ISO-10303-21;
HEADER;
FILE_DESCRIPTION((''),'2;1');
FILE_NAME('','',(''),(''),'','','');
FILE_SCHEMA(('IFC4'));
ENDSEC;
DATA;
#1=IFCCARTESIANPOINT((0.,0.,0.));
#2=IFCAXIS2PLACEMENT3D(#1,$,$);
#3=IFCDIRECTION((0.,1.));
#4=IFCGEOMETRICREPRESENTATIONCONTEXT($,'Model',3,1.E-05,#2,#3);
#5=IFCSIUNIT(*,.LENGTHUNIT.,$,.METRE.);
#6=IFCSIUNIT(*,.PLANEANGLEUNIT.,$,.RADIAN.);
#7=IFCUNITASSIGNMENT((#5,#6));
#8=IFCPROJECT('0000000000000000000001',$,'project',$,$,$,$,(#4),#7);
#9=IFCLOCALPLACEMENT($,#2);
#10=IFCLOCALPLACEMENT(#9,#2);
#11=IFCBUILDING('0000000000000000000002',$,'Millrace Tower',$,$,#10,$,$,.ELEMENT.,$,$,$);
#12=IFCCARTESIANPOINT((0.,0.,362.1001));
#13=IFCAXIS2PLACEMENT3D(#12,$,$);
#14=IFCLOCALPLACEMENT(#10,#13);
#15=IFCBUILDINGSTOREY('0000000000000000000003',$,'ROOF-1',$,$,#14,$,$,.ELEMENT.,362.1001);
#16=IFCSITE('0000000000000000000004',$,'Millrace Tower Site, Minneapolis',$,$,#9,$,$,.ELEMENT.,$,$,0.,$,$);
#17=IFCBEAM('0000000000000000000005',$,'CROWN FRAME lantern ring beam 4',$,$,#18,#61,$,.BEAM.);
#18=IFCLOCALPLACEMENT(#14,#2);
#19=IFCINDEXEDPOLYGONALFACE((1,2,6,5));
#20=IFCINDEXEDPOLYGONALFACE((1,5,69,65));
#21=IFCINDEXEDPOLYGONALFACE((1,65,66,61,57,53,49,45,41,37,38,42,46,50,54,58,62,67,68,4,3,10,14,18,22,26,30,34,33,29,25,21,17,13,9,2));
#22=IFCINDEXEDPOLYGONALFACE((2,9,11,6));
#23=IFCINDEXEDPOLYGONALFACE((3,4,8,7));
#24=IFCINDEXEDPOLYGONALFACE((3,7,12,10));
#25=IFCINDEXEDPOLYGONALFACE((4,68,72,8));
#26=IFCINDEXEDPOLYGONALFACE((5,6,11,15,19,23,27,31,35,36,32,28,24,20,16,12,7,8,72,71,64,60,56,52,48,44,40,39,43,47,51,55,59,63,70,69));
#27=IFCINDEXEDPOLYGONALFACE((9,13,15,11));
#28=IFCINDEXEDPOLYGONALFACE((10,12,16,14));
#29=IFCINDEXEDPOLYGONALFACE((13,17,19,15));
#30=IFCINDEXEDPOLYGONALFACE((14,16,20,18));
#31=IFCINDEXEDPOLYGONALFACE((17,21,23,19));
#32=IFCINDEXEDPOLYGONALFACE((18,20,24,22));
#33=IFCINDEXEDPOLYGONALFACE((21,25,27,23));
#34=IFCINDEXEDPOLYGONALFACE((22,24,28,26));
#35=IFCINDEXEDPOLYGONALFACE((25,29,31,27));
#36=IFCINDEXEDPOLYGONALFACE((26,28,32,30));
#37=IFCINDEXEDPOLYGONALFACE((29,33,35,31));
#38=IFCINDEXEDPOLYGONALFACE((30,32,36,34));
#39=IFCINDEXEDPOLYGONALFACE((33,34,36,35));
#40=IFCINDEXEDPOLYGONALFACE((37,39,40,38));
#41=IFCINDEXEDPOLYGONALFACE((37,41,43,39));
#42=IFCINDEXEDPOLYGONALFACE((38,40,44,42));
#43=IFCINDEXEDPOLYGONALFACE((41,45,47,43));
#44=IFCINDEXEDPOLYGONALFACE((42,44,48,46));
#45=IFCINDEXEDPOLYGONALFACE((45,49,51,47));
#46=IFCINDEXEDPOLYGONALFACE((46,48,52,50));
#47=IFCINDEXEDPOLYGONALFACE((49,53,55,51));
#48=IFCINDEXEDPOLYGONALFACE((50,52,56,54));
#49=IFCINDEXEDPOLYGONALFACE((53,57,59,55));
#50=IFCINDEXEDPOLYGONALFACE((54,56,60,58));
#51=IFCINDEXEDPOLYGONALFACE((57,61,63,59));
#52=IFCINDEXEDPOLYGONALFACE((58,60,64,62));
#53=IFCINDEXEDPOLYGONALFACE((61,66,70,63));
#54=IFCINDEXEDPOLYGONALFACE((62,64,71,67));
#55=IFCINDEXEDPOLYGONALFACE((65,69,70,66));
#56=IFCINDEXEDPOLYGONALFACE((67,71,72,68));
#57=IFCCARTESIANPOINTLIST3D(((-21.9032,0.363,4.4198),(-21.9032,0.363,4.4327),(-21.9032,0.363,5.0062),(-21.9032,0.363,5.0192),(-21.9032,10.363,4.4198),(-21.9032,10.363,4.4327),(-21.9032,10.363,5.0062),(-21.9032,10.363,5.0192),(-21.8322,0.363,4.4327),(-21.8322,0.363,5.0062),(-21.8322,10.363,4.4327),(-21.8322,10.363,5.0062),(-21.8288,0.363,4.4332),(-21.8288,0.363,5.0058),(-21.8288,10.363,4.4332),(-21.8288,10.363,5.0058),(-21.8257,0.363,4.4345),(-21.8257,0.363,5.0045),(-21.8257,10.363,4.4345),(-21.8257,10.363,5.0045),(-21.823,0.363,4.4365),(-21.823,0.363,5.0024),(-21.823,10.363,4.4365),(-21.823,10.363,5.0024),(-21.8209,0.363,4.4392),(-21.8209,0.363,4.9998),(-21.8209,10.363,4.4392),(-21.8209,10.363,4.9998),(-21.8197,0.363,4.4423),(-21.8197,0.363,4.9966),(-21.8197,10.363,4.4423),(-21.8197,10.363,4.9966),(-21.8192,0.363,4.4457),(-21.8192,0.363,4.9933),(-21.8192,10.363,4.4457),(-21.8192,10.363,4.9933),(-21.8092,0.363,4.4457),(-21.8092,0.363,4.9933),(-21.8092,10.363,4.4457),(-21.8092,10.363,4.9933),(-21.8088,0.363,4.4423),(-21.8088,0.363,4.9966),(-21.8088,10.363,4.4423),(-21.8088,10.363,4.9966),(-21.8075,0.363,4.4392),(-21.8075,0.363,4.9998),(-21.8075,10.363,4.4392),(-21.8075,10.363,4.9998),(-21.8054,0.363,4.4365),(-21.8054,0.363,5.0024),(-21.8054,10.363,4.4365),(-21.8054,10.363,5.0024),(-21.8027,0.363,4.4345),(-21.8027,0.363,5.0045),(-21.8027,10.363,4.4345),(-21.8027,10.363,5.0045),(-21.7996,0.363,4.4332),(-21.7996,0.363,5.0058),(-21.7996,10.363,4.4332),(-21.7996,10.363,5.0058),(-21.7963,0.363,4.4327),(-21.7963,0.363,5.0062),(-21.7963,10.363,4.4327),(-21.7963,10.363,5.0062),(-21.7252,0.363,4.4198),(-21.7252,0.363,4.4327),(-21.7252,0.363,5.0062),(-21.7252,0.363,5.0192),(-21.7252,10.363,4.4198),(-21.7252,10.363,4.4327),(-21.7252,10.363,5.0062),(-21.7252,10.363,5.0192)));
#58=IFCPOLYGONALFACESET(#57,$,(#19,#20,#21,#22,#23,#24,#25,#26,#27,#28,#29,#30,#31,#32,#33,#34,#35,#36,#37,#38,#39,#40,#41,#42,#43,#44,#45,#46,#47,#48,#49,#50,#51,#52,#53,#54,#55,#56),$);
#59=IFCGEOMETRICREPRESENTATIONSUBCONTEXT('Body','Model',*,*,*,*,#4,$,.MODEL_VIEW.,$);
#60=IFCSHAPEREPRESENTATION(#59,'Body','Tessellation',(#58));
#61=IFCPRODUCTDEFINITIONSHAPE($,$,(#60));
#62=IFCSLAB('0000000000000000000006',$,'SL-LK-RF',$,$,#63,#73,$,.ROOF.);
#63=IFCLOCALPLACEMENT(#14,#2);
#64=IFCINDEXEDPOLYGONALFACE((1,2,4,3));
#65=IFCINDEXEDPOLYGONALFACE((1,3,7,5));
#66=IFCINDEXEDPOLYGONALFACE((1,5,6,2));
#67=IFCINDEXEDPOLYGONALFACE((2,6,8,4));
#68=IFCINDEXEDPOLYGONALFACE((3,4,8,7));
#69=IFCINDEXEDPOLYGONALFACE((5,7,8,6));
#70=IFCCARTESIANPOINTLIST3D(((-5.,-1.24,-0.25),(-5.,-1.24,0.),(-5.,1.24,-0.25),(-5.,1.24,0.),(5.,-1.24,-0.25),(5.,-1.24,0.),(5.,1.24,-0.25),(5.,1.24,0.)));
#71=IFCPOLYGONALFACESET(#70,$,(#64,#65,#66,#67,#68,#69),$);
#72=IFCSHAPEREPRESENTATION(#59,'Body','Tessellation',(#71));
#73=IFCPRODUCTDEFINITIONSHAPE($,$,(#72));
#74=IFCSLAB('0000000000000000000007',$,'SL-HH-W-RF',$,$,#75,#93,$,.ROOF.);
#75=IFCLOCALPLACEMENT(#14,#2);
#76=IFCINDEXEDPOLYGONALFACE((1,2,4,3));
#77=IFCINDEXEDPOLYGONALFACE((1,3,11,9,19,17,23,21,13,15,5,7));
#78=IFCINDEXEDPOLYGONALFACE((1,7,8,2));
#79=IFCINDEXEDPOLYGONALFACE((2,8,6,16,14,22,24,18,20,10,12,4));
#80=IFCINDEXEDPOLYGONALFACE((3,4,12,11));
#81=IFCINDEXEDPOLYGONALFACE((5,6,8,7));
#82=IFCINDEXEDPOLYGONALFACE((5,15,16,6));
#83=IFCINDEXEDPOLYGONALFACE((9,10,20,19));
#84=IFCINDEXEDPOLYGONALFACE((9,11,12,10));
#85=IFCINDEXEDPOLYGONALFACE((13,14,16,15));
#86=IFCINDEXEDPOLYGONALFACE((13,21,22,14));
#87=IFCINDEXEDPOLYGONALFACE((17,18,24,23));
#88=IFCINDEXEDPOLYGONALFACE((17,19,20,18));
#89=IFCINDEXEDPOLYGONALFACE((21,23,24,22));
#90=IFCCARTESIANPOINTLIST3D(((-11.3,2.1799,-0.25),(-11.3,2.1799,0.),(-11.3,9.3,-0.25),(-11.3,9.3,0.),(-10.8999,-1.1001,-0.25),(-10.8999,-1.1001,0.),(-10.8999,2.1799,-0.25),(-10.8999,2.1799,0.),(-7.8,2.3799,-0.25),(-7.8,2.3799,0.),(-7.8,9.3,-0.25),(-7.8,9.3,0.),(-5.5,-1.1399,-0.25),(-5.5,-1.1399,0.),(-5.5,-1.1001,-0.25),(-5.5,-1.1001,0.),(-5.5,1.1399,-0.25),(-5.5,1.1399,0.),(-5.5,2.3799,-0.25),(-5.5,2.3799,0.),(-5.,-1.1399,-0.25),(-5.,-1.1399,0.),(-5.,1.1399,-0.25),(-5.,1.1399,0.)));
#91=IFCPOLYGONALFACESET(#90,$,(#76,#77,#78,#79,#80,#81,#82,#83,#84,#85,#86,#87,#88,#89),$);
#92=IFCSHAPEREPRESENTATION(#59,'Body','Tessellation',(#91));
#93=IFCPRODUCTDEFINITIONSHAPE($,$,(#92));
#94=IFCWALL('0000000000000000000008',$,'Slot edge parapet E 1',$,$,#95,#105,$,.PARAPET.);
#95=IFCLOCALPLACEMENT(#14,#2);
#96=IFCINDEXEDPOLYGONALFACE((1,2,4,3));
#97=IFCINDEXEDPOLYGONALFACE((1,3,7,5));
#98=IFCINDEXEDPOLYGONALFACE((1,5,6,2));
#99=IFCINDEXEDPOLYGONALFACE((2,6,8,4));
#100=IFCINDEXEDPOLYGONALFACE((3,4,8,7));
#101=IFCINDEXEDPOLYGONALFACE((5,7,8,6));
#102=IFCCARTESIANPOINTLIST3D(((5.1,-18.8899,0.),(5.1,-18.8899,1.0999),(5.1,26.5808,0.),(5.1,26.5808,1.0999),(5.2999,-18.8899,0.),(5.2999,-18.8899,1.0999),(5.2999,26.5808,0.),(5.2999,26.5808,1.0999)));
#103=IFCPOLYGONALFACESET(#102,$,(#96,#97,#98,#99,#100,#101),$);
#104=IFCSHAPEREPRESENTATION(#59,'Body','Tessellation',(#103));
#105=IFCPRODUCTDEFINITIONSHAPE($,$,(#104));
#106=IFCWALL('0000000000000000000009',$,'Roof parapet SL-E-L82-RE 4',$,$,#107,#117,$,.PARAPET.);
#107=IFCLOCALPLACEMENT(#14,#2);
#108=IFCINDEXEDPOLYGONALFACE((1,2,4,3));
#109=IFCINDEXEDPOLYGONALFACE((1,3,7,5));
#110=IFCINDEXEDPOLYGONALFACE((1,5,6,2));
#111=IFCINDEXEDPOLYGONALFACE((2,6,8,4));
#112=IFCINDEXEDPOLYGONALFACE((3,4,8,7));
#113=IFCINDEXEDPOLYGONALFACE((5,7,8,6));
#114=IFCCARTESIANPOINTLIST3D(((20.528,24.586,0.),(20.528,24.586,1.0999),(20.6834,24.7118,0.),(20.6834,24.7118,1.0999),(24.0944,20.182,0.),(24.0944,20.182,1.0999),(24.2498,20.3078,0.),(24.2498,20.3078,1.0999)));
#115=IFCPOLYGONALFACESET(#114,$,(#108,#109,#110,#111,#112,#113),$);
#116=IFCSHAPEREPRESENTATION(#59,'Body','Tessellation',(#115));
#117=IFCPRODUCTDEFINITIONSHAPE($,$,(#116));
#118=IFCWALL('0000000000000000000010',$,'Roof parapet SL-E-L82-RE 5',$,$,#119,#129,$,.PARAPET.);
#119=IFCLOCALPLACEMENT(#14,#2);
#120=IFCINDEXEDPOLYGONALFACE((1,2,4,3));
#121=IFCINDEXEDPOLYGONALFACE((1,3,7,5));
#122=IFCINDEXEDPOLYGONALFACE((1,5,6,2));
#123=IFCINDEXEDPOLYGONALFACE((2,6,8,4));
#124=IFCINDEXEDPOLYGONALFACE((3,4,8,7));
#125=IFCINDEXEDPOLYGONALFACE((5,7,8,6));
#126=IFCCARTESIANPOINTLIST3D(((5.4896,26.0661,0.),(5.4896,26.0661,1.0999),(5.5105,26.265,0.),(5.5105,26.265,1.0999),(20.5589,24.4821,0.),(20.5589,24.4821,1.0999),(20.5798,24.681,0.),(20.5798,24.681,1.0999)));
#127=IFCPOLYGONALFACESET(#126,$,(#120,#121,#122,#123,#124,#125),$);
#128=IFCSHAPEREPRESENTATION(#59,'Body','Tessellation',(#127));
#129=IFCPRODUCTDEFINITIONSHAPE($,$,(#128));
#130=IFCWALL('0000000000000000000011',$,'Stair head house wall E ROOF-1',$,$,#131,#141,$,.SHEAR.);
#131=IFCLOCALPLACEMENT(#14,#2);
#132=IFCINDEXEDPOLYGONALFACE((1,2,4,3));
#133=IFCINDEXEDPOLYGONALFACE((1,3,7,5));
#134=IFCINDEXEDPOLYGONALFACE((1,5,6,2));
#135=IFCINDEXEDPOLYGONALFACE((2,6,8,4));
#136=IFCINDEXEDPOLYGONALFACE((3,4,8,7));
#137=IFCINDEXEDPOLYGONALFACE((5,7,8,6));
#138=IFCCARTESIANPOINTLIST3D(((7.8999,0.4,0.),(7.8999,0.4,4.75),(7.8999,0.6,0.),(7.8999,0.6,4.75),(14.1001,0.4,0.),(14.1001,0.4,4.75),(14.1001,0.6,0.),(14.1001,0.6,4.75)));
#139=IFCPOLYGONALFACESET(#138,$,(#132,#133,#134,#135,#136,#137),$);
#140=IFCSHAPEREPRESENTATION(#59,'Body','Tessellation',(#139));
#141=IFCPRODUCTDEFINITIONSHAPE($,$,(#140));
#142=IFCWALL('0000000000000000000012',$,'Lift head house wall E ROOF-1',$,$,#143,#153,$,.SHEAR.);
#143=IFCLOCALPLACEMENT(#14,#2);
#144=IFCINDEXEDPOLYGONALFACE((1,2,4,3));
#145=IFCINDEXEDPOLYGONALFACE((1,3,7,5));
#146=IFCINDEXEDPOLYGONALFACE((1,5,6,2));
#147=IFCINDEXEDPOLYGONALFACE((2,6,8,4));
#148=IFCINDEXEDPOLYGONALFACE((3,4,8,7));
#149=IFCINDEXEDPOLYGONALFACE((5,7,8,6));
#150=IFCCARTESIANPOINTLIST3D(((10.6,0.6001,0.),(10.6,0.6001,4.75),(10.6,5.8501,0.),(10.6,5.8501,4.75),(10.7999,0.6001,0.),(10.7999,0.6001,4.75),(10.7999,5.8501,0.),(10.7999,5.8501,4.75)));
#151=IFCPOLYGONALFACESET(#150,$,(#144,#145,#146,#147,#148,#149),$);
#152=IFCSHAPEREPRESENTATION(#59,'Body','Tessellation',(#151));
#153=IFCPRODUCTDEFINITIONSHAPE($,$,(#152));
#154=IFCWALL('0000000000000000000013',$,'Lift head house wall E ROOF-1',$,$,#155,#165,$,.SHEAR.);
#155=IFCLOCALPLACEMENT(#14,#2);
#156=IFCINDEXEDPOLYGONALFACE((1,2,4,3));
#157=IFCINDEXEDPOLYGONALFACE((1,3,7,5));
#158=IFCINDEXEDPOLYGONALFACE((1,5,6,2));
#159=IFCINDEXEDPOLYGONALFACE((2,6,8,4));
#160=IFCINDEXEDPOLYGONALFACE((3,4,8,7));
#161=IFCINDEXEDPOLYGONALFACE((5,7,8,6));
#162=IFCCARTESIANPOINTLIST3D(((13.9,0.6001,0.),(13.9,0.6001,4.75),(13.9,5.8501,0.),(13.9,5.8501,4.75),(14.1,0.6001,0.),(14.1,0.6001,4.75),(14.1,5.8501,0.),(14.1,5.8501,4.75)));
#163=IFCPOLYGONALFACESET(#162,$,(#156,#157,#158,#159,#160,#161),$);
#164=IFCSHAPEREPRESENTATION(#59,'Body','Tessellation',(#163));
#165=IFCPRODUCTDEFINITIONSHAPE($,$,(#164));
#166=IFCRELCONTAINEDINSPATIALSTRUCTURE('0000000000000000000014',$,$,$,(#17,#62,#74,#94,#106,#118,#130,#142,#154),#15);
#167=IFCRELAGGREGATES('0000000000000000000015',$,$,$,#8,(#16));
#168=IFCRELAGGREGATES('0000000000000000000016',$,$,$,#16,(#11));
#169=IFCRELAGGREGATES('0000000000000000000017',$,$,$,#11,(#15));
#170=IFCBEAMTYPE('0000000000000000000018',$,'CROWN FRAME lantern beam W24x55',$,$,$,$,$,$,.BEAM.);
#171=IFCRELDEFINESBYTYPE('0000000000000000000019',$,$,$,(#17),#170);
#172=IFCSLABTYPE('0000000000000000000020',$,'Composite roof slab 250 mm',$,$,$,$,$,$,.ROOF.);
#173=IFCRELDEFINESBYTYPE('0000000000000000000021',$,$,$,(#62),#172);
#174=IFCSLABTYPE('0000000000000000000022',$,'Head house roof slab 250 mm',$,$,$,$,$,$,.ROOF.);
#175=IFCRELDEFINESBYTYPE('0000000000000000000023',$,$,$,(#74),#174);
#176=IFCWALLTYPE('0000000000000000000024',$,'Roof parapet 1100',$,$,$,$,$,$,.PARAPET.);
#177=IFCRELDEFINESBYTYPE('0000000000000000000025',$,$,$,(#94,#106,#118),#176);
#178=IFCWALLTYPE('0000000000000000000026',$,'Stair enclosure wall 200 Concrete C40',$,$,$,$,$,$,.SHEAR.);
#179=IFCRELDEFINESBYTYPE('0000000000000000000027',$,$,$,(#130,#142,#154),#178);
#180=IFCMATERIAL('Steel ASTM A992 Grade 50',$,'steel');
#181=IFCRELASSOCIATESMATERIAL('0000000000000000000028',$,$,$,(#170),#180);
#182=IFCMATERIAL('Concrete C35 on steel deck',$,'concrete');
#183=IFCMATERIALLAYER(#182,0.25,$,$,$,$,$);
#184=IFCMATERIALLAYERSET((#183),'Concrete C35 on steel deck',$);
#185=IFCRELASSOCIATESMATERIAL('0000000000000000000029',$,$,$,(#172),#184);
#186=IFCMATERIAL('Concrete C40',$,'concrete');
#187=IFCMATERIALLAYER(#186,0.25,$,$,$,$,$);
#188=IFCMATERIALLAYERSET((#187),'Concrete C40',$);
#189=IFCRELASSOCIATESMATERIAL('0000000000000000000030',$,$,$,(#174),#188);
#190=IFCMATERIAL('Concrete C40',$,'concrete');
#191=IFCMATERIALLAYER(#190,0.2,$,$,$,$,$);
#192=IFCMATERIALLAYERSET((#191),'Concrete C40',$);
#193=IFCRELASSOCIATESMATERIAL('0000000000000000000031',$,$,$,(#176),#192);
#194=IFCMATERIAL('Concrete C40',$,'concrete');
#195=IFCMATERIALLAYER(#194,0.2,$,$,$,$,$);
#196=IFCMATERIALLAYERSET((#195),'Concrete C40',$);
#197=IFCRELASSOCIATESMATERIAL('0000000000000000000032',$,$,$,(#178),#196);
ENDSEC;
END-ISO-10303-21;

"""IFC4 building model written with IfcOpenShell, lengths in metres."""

from ifc_helpers import new_model, si_unit, direction, frame, frame_2d, origin, origin_2d, place, context, subcontext, project, spatial, polyline, rectangle, i_section, outline, extrude, material, layer, layer_set, material_profile, profile_set, type_object, element, save


model = new_model("IFC4")

# Units and contexts
model_context = context("Model", 3, precision=1e-05, world=origin(), true_north=direction((0.0, 1.0)))
body_context = subcontext(model_context, "Body", "Model", "MODEL_VIEW")
ifc_project = project(units=[si_unit("LENGTHUNIT", "METRE"), si_unit("PLANEANGLEUNIT", "RADIAN")], contexts=[model_context])

# Site, building, storey
site_placement = place(None, origin())
site = spatial("IfcSite", under=ifc_project, at=site_placement, Name="Millrace Tower Site, Minneapolis", CompositionType="ELEMENT", RefElevation=0.0)
building_placement = place(site_placement, origin())
building = spatial("IfcBuilding", under=site, at=building_placement, Name="Millrace Tower", CompositionType="ELEMENT")
storey_placement = place(building_placement, frame((0.0, 0.0, 362.1001)))
storey = spatial("IfcBuildingStorey", under=building, at=storey_placement, Name="ROOF-1", CompositionType="ELEMENT", Elevation=362.1001)

# Beam
ifc_material_1 = material(Name="Steel ASTM A992 Grade 50", Category="steel")
ifc_material_profile_1 = material_profile(ifc_material_1, i_section(OverallWidth=0.178, OverallDepth=0.5994, WebThickness=0.01, FlangeThickness=0.0129, FilletRadius=0.0129, at=origin_2d()))
ifc_profile_set_1 = profile_set([ifc_material_profile_1], Name="Steel ASTM A992 Grade 50")
beam_type_1 = type_object("IfcBeamType", Name="CROWN FRAME lantern beam W24x55", PredefinedType="BEAM", material=ifc_profile_set_1)
beam_1_placement = place(storey_placement, frame((-21.8142, 10.363, 4.7195), z_axis=(0.0, -1.0, 0.0), x_axis=(1.0, 0.0, 0.0)))
element("IfcBeam", 1, at=beam_1_placement, inside=storey, type_object=beam_type_1, Name="CROWN FRAME lantern ring beam 4", PredefinedType="BEAM", context=body_context, shape_type="SweptSolid", body=[
    extrude(i_section(OverallWidth=0.178, OverallDepth=0.5994, WebThickness=0.01, FlangeThickness=0.0129, FilletRadius=0.0129, at=origin_2d()), origin(), (0.0, 0.0, 1.0), 10.0),
])

# Slabs
ifc_material_2 = material(Name="Concrete C35 on steel deck", Category="concrete")
ifc_layer_1 = layer(ifc_material_2, 0.25)
ifc_layer_set_1 = layer_set([ifc_layer_1], Name="Concrete C35 on steel deck")
slab_type_1 = type_object("IfcSlabType", Name="Composite roof slab 250 mm", PredefinedType="ROOF", material=ifc_layer_set_1)
placement = place(storey_placement, frame((0.0, 0.0, -0.25)))
element("IfcSlab", 2, at=placement, inside=storey, type_object=slab_type_1, Name="SL-LK-RF", PredefinedType="ROOF", context=body_context, shape_type="SweptSolid", body=[
    extrude(outline(polyline([(-5.0, -1.24), (5.0, -1.24), (5.0, 1.24), (-5.0, 1.24), (-5.0, -1.24)])), origin(), (0.0, 0.0, 1.0), 0.25),
])
ifc_material_3 = material(Name="Concrete C40", Category="concrete")
ifc_layer_2 = layer(ifc_material_3, 0.25)
ifc_layer_set_2 = layer_set([ifc_layer_2], Name="Concrete C40")
slab_type_2 = type_object("IfcSlabType", Name="Head house roof slab 250 mm", PredefinedType="ROOF", material=ifc_layer_set_2)
element("IfcSlab", 3, at=placement, inside=storey, type_object=slab_type_2, Name="SL-HH-W-RF", PredefinedType="ROOF", context=body_context, shape_type="SweptSolid", body=[
    extrude(outline(polyline([(-5.5, 1.1399), (-5.5, 2.3799), (-7.8, 2.3799), (-7.8, 9.3), (-11.3, 9.3), (-11.3, 2.1799), (-10.8999, 2.1799), (-10.8999, -1.1001), (-5.5, -1.1001), (-5.5, -1.1399), (-5.0, -1.1399), (-5.0, 1.1399), (-5.5, 1.1399)])), origin(), (0.0, 0.0, 1.0), 0.25),
])

# Walls
ifc_material_4 = material(Name="Concrete C40", Category="concrete")
ifc_layer_3 = layer(ifc_material_4, 0.2)
ifc_layer_set_3 = layer_set([ifc_layer_3], Name="Concrete C40")
wall_type_1 = type_object("IfcWallType", Name="Roof parapet 1100", PredefinedType="PARAPET", material=ifc_layer_set_3)
wall_1_placement = place(storey_placement, frame((5.2, 26.5808, 0.0), z_axis=(0.0, 0.0, 1.0), x_axis=(0.0, -1.0, 0.0)))
element("IfcWall", 4, at=wall_1_placement, inside=storey, type_object=wall_type_1, Name="Slot edge parapet E 1", PredefinedType="PARAPET", context=body_context, shape_type="SweptSolid", body=[
    extrude(rectangle(XDim=45.4707, YDim=0.2, at=frame_2d((22.7354, 0.0))), origin(), (0.0, 0.0, 1.0), 1.0999),
])
wall_2_placement = place(storey_placement, frame((24.1721, 20.2449, 0.0), z_axis=(0.0, 0.0, 1.0), x_axis=(-0.629328, 0.77714, 0.0)))
element("IfcWall", 5, at=wall_2_placement, inside=storey, type_object=wall_type_1, Name="Roof parapet SL-E-L82-RE 4", PredefinedType="PARAPET", context=body_context, shape_type="SweptSolid", body=[
    extrude(rectangle(XDim=5.667, YDim=0.2, at=frame_2d((2.8335, 0.0))), origin(), (0.0, 0.0, 1.0), 1.0999),
])
wall_3_placement = place(storey_placement, frame((20.5693, 24.5815, 0.0), z_axis=(0.0, 0.0, 1.0), x_axis=(-0.994521, 0.104537, 0.0)))
element("IfcWall", 6, at=wall_3_placement, inside=storey, type_object=wall_type_1, Name="Roof parapet SL-E-L82-RE 5", PredefinedType="PARAPET", context=body_context, shape_type="SweptSolid", body=[
    extrude(rectangle(XDim=15.1523, YDim=0.2, at=frame_2d((7.5762, 0.0))), origin(), (0.0, 0.0, 1.0), 1.0999),
])
ifc_material_5 = material(Name="Concrete C40", Category="concrete")
ifc_layer_4 = layer(ifc_material_5, 0.2)
ifc_layer_set_4 = layer_set([ifc_layer_4], Name="Concrete C40")
wall_type_2 = type_object("IfcWallType", Name="Stair enclosure wall 200 Concrete C40", PredefinedType="SHEAR", material=ifc_layer_set_4)
wall_4_placement = place(storey_placement, frame((14.1001, 0.5, 0.0), z_axis=(0.0, 0.0, 1.0), x_axis=(-1.0, 0.0, 0.0)))
element("IfcWall", 7, at=wall_4_placement, inside=storey, type_object=wall_type_2, Name="Stair head house wall E ROOF-1", PredefinedType="SHEAR", context=body_context, shape_type="SweptSolid", body=[
    extrude(rectangle(XDim=6.2002, YDim=0.2, at=frame_2d((3.1001, 0.0))), origin(), (0.0, 0.0, 1.0), 4.75),
])
for number, where, z_axis, x_axis, name in (
    (8, (10.7, 0.6001, 0.0), (0.0, 0.0, 1.0), (0.0, 1.0, 0.0), "Lift head house wall E ROOF-1"),
    (9, (14.0, 0.6001, 0.0), (0.0, 0.0, 1.0), (0.0, 1.0, 0.0), "Lift head house wall E ROOF-1"),
):
    element("IfcWall", number, at=place(storey_placement, frame(where, z_axis=z_axis, x_axis=x_axis)), inside=storey, type_object=wall_type_2, Name=name, PredefinedType="SHEAR", context=body_context, shape_type="SweptSolid", body=[
        extrude(rectangle(XDim=5.25, YDim=0.2, at=frame_2d((2.625, 0.0))), origin(), (0.0, 0.0, 1.0), 4.75),
    ])

save(model, "model.ifc")
